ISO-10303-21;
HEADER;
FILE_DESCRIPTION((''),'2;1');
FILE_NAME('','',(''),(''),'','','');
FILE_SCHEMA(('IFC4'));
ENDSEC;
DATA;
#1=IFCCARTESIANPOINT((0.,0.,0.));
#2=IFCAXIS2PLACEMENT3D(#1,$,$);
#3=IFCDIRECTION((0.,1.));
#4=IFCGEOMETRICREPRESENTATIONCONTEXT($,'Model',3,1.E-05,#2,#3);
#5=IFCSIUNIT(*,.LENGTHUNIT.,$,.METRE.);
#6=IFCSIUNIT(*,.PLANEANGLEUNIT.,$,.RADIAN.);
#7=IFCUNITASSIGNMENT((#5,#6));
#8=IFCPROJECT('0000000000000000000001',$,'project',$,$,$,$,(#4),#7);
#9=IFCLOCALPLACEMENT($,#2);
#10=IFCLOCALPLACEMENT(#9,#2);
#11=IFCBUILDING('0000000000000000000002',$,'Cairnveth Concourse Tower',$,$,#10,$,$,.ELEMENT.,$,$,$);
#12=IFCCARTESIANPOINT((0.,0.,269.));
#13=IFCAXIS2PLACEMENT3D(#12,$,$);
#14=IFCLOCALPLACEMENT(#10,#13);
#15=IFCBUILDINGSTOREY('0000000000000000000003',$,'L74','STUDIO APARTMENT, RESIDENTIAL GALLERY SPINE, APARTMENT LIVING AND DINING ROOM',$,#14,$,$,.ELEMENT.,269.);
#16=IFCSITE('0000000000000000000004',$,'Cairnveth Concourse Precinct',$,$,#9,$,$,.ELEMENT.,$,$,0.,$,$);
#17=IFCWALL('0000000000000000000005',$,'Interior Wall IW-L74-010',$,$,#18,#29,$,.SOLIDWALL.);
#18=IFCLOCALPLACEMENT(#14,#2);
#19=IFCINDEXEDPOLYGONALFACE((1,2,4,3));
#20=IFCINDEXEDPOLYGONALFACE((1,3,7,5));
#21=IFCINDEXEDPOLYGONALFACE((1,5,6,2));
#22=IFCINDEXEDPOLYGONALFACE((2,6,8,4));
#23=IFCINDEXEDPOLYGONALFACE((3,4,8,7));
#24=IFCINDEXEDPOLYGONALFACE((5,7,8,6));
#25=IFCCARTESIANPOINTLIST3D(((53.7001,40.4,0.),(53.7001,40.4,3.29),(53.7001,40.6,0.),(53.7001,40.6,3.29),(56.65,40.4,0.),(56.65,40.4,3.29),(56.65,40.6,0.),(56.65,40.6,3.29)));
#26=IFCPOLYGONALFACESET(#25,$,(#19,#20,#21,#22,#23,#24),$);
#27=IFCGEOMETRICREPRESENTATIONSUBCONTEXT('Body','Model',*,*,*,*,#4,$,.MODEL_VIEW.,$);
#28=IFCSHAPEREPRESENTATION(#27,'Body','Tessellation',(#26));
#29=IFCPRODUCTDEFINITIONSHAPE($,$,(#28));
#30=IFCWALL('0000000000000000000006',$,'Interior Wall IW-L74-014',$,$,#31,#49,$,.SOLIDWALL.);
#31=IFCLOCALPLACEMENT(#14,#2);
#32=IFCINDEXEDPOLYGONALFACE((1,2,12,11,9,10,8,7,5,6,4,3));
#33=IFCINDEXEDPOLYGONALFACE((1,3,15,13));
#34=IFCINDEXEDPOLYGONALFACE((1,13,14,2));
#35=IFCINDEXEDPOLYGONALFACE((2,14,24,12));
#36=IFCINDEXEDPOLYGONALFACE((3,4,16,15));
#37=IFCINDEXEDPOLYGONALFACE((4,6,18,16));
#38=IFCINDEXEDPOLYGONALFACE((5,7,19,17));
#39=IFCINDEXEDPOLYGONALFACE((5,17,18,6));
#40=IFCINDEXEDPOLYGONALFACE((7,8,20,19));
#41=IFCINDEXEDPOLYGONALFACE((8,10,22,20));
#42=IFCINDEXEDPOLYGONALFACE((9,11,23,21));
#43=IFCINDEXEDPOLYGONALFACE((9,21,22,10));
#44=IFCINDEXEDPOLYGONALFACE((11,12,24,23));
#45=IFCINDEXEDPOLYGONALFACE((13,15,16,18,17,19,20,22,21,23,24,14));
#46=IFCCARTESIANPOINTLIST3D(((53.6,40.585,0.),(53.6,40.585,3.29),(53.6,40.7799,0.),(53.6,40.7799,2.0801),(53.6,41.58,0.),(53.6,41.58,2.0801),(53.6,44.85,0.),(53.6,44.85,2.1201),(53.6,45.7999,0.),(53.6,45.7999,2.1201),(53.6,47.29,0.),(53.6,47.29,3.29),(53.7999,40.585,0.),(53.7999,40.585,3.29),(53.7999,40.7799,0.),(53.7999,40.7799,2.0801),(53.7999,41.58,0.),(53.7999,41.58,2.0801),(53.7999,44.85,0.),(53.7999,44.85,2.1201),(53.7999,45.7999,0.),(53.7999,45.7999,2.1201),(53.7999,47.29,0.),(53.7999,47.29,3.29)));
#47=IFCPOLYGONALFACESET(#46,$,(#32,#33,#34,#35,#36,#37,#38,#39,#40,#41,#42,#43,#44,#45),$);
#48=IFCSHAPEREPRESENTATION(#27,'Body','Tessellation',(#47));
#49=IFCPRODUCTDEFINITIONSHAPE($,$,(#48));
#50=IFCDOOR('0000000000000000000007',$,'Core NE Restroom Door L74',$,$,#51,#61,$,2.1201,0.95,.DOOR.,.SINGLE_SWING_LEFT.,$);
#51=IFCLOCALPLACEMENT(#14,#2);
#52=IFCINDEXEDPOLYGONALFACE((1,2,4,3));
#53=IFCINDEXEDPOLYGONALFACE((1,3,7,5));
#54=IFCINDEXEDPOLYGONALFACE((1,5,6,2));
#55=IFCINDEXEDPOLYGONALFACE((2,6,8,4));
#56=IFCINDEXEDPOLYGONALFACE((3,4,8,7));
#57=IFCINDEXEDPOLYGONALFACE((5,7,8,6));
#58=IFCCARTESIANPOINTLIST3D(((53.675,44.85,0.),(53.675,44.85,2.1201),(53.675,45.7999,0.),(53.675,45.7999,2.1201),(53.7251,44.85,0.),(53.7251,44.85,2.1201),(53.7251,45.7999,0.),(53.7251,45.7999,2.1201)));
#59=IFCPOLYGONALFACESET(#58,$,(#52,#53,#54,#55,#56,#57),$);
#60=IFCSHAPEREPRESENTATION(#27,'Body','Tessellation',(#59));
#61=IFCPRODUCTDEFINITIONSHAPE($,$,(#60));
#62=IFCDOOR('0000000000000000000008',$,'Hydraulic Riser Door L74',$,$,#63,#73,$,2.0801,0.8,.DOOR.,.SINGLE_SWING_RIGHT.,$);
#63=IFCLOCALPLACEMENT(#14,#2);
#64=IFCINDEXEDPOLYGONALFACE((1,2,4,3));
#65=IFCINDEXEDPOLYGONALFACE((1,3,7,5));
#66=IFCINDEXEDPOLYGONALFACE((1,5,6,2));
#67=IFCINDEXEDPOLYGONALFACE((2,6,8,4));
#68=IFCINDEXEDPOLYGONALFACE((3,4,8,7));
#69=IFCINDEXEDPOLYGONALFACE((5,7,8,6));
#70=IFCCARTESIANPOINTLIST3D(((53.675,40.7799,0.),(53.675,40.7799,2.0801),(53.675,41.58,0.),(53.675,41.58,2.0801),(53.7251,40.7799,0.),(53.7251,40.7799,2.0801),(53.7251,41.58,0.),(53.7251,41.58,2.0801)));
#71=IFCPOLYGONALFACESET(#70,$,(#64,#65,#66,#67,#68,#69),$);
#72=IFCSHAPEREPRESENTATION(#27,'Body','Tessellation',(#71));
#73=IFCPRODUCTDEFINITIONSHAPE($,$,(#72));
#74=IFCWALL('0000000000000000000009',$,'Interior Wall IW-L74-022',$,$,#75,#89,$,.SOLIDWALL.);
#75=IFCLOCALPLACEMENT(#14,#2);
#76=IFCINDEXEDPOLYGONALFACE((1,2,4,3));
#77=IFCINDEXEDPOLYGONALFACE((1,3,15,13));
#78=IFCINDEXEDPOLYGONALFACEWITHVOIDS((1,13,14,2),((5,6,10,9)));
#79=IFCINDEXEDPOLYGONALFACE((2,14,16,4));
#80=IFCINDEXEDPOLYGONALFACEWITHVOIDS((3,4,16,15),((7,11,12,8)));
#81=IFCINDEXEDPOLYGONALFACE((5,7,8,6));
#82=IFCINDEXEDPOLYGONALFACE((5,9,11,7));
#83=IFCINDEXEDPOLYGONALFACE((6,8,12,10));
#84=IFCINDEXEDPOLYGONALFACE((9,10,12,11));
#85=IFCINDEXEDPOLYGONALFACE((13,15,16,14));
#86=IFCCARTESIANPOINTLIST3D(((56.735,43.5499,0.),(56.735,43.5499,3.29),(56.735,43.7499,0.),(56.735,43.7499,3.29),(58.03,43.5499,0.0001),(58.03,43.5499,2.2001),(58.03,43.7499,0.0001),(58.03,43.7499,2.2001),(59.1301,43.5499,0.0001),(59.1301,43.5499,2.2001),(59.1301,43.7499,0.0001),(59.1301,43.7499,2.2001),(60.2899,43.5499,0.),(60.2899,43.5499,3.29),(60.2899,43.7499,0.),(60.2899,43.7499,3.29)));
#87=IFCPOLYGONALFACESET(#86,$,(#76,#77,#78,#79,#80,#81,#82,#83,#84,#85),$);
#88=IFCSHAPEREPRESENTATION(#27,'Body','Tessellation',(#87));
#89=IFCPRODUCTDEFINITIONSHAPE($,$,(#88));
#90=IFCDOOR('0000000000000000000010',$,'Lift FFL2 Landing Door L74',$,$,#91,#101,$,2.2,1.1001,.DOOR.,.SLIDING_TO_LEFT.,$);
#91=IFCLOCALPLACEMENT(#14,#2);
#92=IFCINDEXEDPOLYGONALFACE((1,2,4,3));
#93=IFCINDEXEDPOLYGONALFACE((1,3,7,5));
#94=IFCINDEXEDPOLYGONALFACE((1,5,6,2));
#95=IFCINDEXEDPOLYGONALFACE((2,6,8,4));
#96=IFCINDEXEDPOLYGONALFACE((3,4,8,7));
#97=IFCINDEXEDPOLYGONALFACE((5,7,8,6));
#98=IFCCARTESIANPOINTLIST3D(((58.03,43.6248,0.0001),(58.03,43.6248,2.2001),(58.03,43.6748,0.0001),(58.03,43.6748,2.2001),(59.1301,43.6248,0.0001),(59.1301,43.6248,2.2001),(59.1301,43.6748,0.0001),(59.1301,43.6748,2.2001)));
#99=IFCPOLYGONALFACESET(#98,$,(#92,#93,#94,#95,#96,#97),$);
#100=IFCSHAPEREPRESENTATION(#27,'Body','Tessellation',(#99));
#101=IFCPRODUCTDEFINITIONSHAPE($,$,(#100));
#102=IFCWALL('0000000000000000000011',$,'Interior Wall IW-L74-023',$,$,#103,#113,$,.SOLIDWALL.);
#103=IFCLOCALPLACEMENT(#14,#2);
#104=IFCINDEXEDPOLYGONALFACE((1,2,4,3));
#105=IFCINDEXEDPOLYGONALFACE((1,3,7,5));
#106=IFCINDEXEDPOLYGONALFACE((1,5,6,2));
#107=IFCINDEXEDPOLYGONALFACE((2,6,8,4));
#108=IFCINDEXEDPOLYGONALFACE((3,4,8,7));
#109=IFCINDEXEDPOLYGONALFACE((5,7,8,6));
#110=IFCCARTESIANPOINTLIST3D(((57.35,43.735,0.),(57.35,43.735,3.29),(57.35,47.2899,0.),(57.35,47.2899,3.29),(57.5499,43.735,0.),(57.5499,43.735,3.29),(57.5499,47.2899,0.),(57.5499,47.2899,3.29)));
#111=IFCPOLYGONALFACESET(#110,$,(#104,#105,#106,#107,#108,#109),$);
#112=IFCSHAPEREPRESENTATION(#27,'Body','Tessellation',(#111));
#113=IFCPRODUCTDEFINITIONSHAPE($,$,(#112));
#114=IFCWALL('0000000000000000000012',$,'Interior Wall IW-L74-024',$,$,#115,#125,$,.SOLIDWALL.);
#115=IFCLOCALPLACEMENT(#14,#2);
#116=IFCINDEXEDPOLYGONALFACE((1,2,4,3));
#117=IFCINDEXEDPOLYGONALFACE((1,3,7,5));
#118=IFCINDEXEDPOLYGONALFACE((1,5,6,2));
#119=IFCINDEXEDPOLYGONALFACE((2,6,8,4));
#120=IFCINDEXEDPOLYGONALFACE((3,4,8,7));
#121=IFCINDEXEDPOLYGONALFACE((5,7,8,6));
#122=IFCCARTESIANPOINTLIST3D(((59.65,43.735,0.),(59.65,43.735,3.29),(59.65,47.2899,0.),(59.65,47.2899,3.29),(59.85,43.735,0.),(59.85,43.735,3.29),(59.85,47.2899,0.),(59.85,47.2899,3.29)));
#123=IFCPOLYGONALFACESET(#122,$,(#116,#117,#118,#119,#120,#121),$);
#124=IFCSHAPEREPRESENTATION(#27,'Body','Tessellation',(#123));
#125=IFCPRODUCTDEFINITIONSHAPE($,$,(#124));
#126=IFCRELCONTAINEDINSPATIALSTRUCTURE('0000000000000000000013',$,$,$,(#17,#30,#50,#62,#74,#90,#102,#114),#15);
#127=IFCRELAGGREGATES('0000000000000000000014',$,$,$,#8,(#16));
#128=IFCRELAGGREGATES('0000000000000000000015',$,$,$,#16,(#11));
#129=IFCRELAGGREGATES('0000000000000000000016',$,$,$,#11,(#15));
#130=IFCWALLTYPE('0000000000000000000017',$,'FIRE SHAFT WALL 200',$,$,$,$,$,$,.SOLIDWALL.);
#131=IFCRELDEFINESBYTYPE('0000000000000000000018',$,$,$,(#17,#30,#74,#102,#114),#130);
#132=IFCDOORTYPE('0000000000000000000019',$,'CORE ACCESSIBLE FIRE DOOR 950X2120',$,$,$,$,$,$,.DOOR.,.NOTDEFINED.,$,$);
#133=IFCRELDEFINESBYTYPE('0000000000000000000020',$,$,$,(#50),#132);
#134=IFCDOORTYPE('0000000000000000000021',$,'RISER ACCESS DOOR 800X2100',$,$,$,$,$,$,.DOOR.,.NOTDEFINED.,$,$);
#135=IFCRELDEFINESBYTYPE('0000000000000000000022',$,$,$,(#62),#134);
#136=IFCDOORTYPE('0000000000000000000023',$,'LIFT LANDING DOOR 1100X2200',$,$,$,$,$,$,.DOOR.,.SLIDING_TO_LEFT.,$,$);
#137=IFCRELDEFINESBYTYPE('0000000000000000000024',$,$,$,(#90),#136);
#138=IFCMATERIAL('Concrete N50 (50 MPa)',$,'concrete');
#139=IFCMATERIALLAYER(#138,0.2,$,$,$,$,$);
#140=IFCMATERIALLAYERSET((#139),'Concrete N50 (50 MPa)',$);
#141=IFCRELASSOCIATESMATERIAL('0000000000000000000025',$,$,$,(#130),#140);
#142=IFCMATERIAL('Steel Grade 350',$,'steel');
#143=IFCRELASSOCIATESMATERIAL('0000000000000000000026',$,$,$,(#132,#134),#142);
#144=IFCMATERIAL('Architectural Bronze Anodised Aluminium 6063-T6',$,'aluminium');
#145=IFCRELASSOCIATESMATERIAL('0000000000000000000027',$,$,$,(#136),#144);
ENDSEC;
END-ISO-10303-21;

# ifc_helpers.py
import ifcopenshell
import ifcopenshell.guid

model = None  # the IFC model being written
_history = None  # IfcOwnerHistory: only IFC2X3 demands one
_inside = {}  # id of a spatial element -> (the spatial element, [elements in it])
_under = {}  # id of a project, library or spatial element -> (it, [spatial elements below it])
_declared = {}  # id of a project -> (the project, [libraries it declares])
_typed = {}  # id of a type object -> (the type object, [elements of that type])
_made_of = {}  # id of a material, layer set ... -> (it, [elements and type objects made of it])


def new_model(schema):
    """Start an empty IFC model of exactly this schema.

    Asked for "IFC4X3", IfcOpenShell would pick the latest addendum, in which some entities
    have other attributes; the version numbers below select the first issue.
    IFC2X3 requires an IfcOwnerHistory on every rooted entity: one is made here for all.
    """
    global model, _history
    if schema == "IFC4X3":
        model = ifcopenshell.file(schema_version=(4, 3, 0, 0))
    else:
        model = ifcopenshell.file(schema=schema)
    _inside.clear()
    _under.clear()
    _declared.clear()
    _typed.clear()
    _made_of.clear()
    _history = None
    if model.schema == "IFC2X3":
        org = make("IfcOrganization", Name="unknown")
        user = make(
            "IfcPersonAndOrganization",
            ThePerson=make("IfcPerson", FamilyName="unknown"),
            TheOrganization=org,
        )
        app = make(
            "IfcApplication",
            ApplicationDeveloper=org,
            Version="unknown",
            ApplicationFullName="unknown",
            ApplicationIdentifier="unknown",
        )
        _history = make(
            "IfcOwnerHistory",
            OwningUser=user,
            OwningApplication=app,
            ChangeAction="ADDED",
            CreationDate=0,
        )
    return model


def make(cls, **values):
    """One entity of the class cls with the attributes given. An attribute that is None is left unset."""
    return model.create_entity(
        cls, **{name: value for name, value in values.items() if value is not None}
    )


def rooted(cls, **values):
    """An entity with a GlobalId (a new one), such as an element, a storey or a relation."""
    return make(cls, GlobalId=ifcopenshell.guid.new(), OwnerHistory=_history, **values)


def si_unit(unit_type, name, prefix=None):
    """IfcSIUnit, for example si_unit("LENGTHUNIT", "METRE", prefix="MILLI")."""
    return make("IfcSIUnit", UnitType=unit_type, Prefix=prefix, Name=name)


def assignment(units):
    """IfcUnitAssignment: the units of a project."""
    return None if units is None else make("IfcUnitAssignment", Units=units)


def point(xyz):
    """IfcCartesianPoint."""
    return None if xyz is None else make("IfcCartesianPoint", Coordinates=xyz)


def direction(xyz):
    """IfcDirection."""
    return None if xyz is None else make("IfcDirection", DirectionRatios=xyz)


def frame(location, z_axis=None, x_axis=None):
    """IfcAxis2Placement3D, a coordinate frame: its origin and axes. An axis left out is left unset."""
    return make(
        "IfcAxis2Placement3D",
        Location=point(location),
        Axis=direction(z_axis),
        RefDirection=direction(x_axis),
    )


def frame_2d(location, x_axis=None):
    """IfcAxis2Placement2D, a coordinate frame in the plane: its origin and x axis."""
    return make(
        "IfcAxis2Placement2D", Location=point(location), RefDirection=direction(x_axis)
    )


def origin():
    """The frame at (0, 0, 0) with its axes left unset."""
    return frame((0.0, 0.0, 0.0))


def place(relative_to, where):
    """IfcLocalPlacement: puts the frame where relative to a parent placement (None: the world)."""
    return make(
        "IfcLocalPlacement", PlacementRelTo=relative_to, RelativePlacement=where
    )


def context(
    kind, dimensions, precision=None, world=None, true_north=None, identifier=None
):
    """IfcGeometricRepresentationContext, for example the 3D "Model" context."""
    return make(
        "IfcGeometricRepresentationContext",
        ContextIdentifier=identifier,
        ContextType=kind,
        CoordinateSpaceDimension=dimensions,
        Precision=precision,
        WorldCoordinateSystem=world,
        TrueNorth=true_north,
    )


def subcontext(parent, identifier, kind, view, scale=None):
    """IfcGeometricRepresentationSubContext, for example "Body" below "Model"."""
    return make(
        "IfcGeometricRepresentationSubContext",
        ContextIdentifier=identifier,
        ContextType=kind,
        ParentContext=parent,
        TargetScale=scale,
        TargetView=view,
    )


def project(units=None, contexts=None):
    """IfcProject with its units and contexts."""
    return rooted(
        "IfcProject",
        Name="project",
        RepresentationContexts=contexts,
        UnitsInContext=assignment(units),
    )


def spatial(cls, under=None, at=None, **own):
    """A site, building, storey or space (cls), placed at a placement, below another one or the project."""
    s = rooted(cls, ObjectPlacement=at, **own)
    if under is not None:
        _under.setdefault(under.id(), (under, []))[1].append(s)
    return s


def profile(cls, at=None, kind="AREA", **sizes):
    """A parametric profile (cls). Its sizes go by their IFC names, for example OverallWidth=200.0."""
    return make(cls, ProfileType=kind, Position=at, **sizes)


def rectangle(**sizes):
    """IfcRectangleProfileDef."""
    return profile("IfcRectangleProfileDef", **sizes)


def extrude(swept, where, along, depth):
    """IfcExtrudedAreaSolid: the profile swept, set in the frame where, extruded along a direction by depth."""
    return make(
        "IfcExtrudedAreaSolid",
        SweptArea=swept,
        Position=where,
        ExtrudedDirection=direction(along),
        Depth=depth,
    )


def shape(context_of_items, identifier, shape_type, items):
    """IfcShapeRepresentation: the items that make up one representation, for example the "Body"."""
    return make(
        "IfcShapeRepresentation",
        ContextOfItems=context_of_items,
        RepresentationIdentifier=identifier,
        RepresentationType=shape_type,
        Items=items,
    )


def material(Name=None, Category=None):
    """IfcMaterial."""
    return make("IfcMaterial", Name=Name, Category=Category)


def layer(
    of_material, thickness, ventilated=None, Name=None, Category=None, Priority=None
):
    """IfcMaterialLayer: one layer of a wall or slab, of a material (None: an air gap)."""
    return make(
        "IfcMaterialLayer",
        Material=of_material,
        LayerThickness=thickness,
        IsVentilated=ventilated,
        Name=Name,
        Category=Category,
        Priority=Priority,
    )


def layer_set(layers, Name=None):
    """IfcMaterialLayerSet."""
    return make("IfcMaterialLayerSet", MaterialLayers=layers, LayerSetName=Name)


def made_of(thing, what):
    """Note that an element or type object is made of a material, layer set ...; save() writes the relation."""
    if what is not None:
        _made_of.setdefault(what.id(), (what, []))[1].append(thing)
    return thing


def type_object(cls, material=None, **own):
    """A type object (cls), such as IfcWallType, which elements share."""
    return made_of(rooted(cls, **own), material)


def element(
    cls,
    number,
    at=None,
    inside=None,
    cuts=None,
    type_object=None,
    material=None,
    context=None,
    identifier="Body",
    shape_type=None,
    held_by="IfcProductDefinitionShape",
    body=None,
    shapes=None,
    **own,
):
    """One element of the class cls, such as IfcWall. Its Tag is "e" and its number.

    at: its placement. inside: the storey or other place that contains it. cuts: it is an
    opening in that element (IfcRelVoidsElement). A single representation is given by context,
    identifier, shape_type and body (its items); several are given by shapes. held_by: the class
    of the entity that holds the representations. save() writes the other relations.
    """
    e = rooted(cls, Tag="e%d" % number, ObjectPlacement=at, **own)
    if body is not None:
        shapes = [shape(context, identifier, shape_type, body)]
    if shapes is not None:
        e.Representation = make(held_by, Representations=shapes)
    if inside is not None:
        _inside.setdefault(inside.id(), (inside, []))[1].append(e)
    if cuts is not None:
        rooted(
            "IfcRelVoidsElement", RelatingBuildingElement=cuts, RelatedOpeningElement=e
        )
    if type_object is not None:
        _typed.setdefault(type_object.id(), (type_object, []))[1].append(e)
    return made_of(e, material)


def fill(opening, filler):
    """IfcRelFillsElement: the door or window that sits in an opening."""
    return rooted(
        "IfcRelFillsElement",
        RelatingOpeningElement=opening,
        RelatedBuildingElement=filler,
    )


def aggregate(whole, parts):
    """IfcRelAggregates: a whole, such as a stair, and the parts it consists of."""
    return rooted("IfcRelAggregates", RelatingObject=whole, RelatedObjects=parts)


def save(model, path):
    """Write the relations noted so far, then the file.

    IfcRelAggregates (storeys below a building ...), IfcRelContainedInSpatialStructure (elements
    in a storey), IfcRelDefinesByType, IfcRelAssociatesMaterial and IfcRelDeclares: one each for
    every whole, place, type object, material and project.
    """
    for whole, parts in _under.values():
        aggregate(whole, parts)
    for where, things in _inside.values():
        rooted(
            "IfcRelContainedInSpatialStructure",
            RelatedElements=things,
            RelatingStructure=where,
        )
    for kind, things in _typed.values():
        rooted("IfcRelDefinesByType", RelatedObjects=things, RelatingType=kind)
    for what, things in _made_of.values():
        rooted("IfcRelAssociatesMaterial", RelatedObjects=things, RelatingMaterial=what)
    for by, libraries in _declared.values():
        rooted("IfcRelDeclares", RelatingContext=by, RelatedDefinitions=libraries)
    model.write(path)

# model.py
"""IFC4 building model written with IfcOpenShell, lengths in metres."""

from ifc_helpers import new_model, si_unit, direction, frame, frame_2d, origin, place, context, subcontext, project, spatial, rectangle, extrude, material, layer, layer_set, type_object, element, fill, save


model = new_model("IFC4")

# Units and contexts
model_context = context("Model", 3, precision=1e-05, world=origin(), true_north=direction((0.0, 1.0)))
body_context = subcontext(model_context, "Body", "Model", "MODEL_VIEW")
ifc_project = project(units=[si_unit("LENGTHUNIT", "METRE"), si_unit("PLANEANGLEUNIT", "RADIAN")], contexts=[model_context])

# Site, building, storey
site_placement = place(None, origin())
site = spatial("IfcSite", under=ifc_project, at=site_placement, Name="Cairnveth Concourse Precinct", CompositionType="ELEMENT", RefElevation=0.0)
building_placement = place(site_placement, origin())
building = spatial("IfcBuilding", under=site, at=building_placement, Name="Cairnveth Concourse Tower", CompositionType="ELEMENT")
storey_placement = place(building_placement, frame((0.0, 0.0, 269.0)))
storey = spatial("IfcBuildingStorey", under=building, at=storey_placement, Name="L74", Description="STUDIO APARTMENT, RESIDENTIAL GALLERY SPINE, APARTMENT LIVING AND DINING ROOM", CompositionType="ELEMENT", Elevation=269.0)

# Shared definitions
ifc_material_1 = material(Name="Steel Grade 350", Category="steel")

# Wall
ifc_material_2 = material(Name="Concrete N50 (50 MPa)", Category="concrete")
ifc_layer_1 = layer(ifc_material_2, 0.2)
ifc_layer_set_1 = layer_set([ifc_layer_1], Name="Concrete N50 (50 MPa)")
wall_type_1 = type_object("IfcWallType", Name="FIRE SHAFT WALL 200", PredefinedType="SOLIDWALL", material=ifc_layer_set_1)
wall_1_placement = place(storey_placement, frame((53.7, 40.5, 0.0), z_axis=(0.0, 0.0, 1.0), x_axis=(1.0, 0.0, 0.0)))
element("IfcWall", 1, at=wall_1_placement, inside=storey, type_object=wall_type_1, Name="Interior Wall IW-L74-010", PredefinedType="SOLIDWALL", context=body_context, shape_type="SweptSolid", body=[
    extrude(rectangle(XDim=2.95, YDim=0.2, at=frame_2d((1.4751, 0.0))), origin(), (0.0, 0.0, 1.0), 3.29),
])

# Wall, openings, doors
wall_2_placement = place(storey_placement, frame((53.7, 40.585, 0.0), z_axis=(0.0, 0.0, 1.0), x_axis=(0.0, 1.0, 0.0)))
wall_2 = element("IfcWall", 2, at=wall_2_placement, inside=storey, type_object=wall_type_1, Name="Interior Wall IW-L74-014", PredefinedType="SOLIDWALL", context=body_context, shape_type="SweptSolid", body=[
    extrude(rectangle(XDim=6.7051, YDim=0.2, at=frame_2d((3.3525, 0.0))), origin(), (0.0, 0.0, 1.0), 3.29),
])
opening_1_placement = place(wall_2_placement, frame((0.1951, 0.0, 0.0)))
opening_1 = element("IfcOpeningElement", 3, at=opening_1_placement, cuts=wall_2, PredefinedType="OPENING", context=body_context, shape_type="SweptSolid", body=[
    extrude(rectangle(XDim=0.8, YDim=2.0801, at=frame_2d((0.3999, 1.04))), frame((0.0, 0.1099, 0.0), z_axis=(0.0, -1.0, 0.0), x_axis=(1.0, 0.0, 0.0)), (0.0, 0.0, 1.0), 0.22),
])
opening_2_placement = place(wall_2_placement, frame((4.2649, 0.0, 0.0)))
opening_2 = element("IfcOpeningElement", 4, at=opening_2_placement, cuts=wall_2, PredefinedType="OPENING", context=body_context, shape_type="SweptSolid", body=[
    extrude(rectangle(XDim=0.95, YDim=2.1201, at=frame_2d((0.4751, 1.0601))), frame((0.0, 0.1099, 0.0), z_axis=(0.0, -1.0, 0.0), x_axis=(1.0, 0.0, 0.0)), (0.0, 0.0, 1.0), 0.22),
])
door_type_1 = type_object("IfcDoorType", Name="CORE ACCESSIBLE FIRE DOOR 950X2120", OperationType="NOTDEFINED", PredefinedType="DOOR", material=ifc_material_1)
door_1_placement = place(opening_2_placement, origin())
door_1 = element("IfcDoor", 5, at=door_1_placement, inside=storey, type_object=door_type_1, Name="Core NE Restroom Door L74", OperationType="SINGLE_SWING_LEFT", OverallHeight=2.1201, OverallWidth=0.95, PredefinedType="DOOR", context=body_context, shape_type="SweptSolid", body=[
    extrude(rectangle(XDim=0.95, YDim=2.1201, at=frame_2d((0.4751, 1.0601))), frame((0.0, 0.0249, 0.0), z_axis=(0.0, -1.0, 0.0), x_axis=(1.0, 0.0, 0.0)), (0.0, 0.0, 1.0), 0.05),
])
fill(opening_2, door_1)
door_type_2 = type_object("IfcDoorType", Name="RISER ACCESS DOOR 800X2100", OperationType="NOTDEFINED", PredefinedType="DOOR", material=ifc_material_1)
door_2_placement = place(opening_1_placement, origin())
door_2 = element("IfcDoor", 6, at=door_2_placement, inside=storey, type_object=door_type_2, Name="Hydraulic Riser Door L74", OperationType="SINGLE_SWING_RIGHT", OverallHeight=2.0801, OverallWidth=0.8, PredefinedType="DOOR", context=body_context, shape_type="SweptSolid", body=[
    extrude(rectangle(XDim=0.8, YDim=2.0801, at=frame_2d((0.3999, 1.04))), frame((0.0, 0.0249, 0.0), z_axis=(0.0, -1.0, 0.0), x_axis=(1.0, 0.0, 0.0)), (0.0, 0.0, 1.0), 0.05),
])
fill(opening_1, door_2)

# Wall, opening, door
wall_3_placement = place(storey_placement, frame((56.7351, 43.6499, 0.0), z_axis=(0.0, 0.0, 1.0), x_axis=(1.0, 0.0, 0.0)))
wall_3 = element("IfcWall", 7, at=wall_3_placement, inside=storey, type_object=wall_type_1, Name="Interior Wall IW-L74-022", PredefinedType="SOLIDWALL", context=body_context, shape_type="SweptSolid", body=[
    extrude(rectangle(XDim=3.5549, YDim=0.2, at=frame_2d((1.7773, 0.0))), origin(), (0.0, 0.0, 1.0), 3.29),
])
opening_3_placement = place(wall_3_placement, frame((1.2949, 0.0, 0.0)))
opening_3 = element("IfcOpeningElement", 8, at=opening_3_placement, cuts=wall_3, PredefinedType="OPENING", context=body_context, shape_type="SweptSolid", body=[
    extrude(rectangle(XDim=1.1001, YDim=2.2, at=frame_2d((0.55, 1.1001))), frame((0.0, 0.1099, 0.0), z_axis=(0.0, -1.0, 0.0), x_axis=(1.0, 0.0, 0.0)), (0.0, 0.0, 1.0), 0.22),
])
ifc_material_3 = material(Name="Architectural Bronze Anodised Aluminium 6063-T6", Category="aluminium")
door_type_3 = type_object("IfcDoorType", Name="LIFT LANDING DOOR 1100X2200", OperationType="SLIDING_TO_LEFT", PredefinedType="DOOR", material=ifc_material_3)
door_3_placement = place(opening_3_placement, origin())
door_3 = element("IfcDoor", 9, at=door_3_placement, inside=storey, type_object=door_type_3, Name="Lift FFL2 Landing Door L74", OperationType="SLIDING_TO_LEFT", OverallHeight=2.2, OverallWidth=1.1001, PredefinedType="DOOR", context=body_context, shape_type="SweptSolid", body=[
    extrude(rectangle(XDim=1.1001, YDim=2.2, at=frame_2d((0.55, 1.1001))), frame((0.0, 0.0249, 0.0), z_axis=(0.0, -1.0, 0.0), x_axis=(1.0, 0.0, 0.0)), (0.0, 0.0, 1.0), 0.05),
])
fill(opening_3, door_3)

# Walls
for number, where, z_axis, x_axis, name in (
    (10, (57.45, 43.7351, 0.0), (0.0, 0.0, 1.0), (0.0, 1.0, 0.0), "Interior Wall IW-L74-023"),
    (11, (59.75, 43.7351, 0.0), (0.0, 0.0, 1.0), (0.0, 1.0, 0.0), "Interior Wall IW-L74-024"),
):
    element("IfcWall", number, at=place(storey_placement, frame(where, z_axis=z_axis, x_axis=x_axis)), inside=storey, type_object=wall_type_1, Name=name, PredefinedType="SOLIDWALL", context=body_context, shape_type="SweptSolid", body=[
        extrude(rectangle(XDim=3.5549, YDim=0.2, at=frame_2d((1.7773, 0.0))), origin(), (0.0, 0.0, 1.0), 3.29),
    ])

save(model, "model.ifc")
